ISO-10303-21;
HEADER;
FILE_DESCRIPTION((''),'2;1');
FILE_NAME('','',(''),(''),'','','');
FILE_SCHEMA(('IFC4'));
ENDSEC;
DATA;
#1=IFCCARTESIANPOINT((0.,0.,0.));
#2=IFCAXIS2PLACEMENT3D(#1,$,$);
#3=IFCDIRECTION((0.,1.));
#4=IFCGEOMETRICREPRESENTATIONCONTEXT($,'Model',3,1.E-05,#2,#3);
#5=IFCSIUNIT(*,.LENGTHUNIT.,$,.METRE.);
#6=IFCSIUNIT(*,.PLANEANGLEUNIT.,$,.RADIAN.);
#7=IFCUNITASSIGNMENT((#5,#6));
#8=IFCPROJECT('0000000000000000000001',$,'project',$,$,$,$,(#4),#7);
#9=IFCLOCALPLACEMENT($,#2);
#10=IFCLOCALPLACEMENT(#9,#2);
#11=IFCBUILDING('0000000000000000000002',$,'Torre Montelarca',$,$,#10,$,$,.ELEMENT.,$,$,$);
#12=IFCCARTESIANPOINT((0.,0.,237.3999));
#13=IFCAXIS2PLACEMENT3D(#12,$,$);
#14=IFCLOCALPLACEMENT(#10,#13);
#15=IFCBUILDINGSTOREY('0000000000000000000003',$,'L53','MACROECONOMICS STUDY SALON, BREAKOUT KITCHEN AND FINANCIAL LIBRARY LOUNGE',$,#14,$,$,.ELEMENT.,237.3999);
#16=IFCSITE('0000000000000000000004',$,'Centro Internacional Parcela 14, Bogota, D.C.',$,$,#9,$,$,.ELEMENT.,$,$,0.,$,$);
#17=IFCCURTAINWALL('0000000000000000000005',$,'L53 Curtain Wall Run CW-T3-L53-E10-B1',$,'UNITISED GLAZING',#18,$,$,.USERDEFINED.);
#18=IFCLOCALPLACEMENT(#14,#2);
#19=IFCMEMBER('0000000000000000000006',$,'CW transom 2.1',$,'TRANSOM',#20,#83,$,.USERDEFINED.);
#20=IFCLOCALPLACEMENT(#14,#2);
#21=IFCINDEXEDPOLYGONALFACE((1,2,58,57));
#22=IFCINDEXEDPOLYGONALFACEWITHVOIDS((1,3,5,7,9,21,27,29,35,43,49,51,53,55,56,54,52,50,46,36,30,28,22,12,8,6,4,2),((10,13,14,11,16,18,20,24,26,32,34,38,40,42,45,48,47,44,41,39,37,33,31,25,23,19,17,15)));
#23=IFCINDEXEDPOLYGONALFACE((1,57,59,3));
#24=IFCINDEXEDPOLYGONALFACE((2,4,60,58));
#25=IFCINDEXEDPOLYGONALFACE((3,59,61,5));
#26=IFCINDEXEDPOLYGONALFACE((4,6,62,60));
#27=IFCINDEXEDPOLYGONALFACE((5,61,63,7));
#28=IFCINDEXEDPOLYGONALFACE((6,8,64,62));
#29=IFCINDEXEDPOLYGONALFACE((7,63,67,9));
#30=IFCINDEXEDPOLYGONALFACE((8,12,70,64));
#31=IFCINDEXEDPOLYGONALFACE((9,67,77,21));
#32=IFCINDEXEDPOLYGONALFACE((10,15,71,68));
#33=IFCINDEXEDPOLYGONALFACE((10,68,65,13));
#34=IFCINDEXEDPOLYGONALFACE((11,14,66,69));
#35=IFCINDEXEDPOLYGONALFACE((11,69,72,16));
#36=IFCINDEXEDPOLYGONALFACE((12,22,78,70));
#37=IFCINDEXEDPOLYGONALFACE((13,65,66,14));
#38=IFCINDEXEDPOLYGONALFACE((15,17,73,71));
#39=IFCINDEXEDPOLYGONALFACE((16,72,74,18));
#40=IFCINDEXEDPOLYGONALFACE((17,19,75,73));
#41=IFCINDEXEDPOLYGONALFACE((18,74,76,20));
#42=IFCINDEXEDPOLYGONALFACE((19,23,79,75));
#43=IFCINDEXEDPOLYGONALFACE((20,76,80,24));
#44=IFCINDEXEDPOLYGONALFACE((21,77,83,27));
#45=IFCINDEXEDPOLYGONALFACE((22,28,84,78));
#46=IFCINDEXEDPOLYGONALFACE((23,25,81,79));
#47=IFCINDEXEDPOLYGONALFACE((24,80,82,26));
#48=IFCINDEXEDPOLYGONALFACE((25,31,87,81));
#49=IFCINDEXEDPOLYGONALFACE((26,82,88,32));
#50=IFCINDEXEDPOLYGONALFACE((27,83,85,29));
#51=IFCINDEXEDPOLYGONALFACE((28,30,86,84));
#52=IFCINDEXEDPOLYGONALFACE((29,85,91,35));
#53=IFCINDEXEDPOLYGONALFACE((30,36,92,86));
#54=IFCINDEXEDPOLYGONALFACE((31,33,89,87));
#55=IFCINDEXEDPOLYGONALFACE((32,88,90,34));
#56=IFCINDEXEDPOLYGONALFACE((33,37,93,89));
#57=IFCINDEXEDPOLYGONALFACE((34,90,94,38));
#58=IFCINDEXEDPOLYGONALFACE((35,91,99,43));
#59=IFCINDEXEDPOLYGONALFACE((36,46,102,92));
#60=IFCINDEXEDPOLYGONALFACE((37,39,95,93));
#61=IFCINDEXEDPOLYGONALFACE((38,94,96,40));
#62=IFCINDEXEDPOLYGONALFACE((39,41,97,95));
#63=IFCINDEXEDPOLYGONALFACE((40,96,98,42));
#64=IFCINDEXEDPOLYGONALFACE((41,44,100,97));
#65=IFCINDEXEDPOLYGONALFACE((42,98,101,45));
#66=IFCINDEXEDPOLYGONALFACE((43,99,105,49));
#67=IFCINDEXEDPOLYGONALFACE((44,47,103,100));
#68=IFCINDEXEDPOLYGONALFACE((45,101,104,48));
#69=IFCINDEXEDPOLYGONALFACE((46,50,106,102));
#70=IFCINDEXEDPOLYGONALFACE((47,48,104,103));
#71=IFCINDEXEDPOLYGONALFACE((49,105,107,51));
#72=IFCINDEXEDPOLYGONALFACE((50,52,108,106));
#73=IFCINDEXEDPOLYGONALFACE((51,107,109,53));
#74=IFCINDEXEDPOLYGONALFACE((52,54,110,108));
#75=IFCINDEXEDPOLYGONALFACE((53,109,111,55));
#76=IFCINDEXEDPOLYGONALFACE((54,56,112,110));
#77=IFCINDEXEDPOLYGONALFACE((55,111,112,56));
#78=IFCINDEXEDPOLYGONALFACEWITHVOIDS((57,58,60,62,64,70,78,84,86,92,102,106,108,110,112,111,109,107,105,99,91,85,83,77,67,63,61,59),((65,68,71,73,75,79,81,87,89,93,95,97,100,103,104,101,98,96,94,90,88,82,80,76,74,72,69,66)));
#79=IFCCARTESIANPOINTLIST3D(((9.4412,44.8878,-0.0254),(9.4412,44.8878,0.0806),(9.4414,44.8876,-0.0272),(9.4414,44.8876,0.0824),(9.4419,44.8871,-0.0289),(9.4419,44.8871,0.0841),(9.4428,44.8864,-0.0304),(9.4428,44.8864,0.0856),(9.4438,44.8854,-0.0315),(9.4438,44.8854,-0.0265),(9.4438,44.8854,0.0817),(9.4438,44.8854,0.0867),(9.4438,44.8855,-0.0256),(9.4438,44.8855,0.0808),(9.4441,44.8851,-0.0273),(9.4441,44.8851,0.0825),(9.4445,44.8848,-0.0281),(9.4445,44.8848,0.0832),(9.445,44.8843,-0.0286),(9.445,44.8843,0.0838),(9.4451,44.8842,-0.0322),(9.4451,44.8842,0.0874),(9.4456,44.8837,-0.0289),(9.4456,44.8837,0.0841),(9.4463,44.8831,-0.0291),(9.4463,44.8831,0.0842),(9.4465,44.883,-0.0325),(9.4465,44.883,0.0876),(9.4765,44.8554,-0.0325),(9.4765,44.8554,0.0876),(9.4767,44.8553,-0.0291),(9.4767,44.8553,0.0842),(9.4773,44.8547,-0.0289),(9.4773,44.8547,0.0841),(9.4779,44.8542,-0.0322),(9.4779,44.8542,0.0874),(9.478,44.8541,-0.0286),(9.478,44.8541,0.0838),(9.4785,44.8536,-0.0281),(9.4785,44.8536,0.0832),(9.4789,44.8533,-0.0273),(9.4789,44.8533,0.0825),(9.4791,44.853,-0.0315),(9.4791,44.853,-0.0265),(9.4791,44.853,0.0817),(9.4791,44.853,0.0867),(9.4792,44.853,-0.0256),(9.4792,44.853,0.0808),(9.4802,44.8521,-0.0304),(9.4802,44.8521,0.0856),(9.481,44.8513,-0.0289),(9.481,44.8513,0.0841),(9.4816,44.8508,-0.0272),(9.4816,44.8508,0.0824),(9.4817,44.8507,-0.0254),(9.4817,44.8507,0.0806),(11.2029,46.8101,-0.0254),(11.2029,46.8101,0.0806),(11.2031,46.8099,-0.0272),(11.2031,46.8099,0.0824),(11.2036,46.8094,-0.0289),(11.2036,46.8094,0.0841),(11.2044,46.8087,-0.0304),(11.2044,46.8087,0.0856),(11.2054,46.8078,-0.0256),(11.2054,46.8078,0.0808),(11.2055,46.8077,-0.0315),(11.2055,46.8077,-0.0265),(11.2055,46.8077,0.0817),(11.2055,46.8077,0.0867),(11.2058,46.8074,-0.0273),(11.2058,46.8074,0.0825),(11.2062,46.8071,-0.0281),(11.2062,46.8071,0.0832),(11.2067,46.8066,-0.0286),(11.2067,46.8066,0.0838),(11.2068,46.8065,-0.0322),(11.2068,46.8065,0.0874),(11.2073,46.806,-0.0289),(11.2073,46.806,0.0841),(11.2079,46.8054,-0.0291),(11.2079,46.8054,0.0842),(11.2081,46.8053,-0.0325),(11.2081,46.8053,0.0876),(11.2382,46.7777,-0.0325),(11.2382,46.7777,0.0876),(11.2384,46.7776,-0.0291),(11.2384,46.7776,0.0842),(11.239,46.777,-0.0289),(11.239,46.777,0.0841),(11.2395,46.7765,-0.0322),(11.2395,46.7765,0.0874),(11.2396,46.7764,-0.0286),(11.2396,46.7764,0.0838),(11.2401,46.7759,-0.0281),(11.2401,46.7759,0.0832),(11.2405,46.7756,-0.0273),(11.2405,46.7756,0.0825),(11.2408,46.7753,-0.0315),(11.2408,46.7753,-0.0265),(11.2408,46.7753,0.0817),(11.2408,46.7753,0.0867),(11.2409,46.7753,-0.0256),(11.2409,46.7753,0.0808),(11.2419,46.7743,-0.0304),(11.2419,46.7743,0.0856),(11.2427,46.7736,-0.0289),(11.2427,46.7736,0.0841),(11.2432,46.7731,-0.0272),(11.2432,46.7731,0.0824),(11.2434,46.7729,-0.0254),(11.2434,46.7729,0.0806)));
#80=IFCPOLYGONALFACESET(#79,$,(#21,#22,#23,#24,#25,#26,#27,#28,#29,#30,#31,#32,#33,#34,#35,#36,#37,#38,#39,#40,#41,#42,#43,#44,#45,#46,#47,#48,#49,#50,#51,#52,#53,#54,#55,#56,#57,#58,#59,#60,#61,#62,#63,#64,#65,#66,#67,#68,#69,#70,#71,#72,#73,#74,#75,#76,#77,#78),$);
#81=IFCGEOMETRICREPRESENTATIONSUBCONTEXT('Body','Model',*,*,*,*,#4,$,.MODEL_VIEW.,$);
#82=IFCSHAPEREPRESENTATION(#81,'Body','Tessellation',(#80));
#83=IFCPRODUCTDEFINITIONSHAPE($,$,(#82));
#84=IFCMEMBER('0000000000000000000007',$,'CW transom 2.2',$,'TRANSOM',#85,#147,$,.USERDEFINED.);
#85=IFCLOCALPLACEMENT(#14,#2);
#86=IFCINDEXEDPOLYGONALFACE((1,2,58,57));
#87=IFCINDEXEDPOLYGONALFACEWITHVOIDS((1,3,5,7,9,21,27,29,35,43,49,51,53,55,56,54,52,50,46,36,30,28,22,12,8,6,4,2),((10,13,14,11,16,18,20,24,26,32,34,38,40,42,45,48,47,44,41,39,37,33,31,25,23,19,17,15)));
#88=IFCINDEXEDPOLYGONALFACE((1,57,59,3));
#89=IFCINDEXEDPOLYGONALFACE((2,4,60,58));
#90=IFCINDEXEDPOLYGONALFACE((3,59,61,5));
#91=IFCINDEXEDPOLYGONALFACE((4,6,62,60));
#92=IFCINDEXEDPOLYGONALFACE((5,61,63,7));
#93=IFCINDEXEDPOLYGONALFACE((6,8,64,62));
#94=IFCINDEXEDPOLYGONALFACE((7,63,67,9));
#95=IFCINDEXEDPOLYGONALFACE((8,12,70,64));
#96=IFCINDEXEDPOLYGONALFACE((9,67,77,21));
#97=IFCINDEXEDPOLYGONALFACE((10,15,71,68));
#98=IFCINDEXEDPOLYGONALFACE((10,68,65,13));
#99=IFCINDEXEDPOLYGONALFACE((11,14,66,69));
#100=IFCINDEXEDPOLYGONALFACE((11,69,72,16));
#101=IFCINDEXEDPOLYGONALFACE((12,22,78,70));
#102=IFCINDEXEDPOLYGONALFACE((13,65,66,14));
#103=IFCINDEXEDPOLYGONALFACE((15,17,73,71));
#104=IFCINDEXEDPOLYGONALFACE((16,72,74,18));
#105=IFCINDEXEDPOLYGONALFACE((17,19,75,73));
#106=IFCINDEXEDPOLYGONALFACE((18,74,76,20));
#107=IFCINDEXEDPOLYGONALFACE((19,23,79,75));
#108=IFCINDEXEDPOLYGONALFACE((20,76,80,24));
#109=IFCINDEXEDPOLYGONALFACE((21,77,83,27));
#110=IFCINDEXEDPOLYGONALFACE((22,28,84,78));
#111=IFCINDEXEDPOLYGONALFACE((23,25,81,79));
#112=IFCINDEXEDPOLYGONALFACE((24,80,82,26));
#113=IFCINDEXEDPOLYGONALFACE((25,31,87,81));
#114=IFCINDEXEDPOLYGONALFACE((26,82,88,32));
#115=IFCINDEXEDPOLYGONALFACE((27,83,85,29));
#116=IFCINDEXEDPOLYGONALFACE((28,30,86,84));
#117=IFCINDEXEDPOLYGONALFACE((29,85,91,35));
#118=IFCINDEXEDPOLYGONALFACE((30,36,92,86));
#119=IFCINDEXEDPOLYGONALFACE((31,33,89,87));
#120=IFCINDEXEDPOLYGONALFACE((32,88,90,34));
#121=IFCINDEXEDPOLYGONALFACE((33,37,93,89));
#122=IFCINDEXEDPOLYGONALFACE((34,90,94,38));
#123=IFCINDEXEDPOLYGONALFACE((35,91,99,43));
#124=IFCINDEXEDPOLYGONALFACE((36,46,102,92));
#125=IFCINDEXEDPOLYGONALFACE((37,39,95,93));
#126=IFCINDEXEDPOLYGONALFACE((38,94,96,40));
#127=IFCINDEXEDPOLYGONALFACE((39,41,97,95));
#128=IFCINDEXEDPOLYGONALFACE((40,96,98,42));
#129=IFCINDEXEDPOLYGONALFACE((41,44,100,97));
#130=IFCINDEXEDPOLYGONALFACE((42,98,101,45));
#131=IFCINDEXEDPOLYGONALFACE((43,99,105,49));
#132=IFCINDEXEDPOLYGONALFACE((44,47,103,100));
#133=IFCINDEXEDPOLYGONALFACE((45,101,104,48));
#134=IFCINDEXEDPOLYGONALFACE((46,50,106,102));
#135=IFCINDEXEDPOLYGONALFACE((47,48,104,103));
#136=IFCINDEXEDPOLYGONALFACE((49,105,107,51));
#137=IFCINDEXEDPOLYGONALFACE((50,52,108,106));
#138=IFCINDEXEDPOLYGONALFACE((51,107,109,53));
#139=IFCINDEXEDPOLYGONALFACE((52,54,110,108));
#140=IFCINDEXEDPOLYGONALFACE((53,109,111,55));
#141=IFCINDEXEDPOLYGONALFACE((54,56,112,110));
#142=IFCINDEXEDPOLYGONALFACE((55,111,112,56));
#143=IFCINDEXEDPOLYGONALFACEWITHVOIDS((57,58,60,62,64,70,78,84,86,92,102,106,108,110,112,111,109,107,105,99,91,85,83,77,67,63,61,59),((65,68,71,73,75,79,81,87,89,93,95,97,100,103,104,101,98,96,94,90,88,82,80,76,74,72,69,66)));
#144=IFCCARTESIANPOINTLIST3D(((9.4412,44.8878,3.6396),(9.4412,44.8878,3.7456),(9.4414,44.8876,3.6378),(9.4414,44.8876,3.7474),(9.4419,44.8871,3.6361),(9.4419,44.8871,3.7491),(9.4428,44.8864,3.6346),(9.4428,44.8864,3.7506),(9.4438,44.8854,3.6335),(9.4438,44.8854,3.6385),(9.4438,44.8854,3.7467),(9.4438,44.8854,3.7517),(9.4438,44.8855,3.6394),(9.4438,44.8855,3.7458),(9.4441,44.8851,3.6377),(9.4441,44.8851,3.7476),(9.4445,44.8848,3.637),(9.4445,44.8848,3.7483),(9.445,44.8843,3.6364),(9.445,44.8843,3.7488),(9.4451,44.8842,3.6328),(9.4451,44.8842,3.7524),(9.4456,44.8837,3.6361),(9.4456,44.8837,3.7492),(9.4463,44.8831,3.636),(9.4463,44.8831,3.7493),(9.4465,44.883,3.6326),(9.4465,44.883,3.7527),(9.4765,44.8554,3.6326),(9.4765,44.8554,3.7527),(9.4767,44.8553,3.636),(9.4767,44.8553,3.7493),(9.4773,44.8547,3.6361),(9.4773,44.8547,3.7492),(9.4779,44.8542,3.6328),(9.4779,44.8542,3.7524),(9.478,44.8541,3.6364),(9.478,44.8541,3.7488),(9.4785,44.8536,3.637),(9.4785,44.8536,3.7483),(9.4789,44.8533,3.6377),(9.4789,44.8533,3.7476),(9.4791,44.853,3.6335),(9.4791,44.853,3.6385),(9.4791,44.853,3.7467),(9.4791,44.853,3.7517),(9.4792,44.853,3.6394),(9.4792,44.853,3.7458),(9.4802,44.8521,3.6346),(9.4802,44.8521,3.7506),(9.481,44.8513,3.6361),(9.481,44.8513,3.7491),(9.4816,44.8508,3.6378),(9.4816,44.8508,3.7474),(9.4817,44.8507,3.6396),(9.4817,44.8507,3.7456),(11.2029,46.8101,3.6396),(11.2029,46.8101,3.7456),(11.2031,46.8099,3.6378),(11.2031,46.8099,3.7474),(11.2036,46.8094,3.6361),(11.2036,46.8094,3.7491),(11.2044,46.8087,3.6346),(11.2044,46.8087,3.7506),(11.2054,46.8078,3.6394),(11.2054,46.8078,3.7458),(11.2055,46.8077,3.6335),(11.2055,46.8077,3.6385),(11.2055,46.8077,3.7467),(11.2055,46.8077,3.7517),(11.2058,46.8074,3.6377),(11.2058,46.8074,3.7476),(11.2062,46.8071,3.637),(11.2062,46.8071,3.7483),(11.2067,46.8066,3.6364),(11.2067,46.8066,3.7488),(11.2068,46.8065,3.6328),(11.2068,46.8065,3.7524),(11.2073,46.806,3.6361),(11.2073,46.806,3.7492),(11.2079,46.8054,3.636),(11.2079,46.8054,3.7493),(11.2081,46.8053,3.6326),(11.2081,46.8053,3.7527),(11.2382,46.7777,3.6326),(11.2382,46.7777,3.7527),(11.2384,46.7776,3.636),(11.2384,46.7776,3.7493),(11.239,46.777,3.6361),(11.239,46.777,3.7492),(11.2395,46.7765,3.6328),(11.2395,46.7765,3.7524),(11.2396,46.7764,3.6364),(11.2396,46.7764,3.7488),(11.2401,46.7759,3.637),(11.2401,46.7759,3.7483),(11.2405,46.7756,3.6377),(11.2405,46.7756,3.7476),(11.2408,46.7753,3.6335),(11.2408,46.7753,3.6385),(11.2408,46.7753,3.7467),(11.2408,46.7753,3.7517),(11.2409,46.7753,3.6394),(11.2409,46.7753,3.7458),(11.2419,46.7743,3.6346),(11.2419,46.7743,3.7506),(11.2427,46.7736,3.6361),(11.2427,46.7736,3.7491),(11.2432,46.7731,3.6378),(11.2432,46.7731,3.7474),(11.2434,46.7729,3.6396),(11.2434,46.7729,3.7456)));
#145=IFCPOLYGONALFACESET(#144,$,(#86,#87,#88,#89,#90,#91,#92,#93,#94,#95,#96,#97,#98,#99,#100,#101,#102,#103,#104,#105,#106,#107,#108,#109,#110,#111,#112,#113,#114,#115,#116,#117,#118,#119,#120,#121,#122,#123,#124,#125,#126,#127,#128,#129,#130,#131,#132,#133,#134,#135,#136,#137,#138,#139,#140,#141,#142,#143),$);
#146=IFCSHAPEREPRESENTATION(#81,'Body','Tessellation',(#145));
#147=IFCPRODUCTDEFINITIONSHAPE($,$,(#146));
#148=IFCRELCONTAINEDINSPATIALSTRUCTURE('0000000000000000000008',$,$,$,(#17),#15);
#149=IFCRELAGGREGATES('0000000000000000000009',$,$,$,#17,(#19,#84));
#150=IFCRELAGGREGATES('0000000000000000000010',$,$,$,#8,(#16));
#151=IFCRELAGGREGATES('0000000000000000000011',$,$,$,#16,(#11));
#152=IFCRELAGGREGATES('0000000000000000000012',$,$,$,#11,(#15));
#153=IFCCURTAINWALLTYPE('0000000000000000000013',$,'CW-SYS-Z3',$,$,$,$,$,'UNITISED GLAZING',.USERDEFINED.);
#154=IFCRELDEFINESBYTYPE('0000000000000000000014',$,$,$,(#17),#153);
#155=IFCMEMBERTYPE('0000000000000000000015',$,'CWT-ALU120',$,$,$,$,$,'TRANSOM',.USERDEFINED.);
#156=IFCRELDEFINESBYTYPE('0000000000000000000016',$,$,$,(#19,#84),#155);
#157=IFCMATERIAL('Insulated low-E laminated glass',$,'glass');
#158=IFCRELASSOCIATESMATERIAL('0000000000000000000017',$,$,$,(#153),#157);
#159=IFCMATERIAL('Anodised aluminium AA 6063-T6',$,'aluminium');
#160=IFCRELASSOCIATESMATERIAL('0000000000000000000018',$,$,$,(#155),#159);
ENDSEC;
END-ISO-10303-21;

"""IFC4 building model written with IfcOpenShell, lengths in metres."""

from ifc_helpers import new_model, si_unit, direction, frame, origin, origin_2d, place, context, subcontext, project, spatial, hollow_rectangle, extrude, source, transform, mapped, material, material_profile, profile_set, type_object, element, aggregate, save


model = new_model("IFC4")

# Units and contexts
model_context = context("Model", 3, precision=1e-05, world=origin(), true_north=direction((0.0, 1.0)))
body_context = subcontext(model_context, "Body", "Model", "MODEL_VIEW")
ifc_project = project(units=[si_unit("LENGTHUNIT", "METRE"), si_unit("PLANEANGLEUNIT", "RADIAN")], contexts=[model_context])

# Site, building, storey
site_placement = place(None, origin())
site = spatial("IfcSite", under=ifc_project, at=site_placement, Name="Centro Internacional Parcela 14, Bogota, D.C.", CompositionType="ELEMENT", RefElevation=0.0)
building_placement = place(site_placement, origin())
building = spatial("IfcBuilding", under=site, at=building_placement, Name="Torre Montelarca", CompositionType="ELEMENT")
storey_placement = place(building_placement, frame((0.0, 0.0, 237.3999)))
storey = spatial("IfcBuildingStorey", under=building, at=storey_placement, Name="L53", Description="MACROECONOMICS STUDY SALON, BREAKOUT KITCHEN AND FINANCIAL LIBRARY LOUNGE", CompositionType="ELEMENT", Elevation=237.3999)

# Curtain wall, members
ifc_material_1 = material(Name="Insulated low-E laminated glass", Category="glass")
curtain_wall_type = type_object("IfcCurtainWallType", Name="CW-SYS-Z3", ElementType="UNITISED GLAZING", PredefinedType="USERDEFINED", material=ifc_material_1)
curtain_wall_1_placement = place(storey_placement, origin())
curtain_wall_1 = element("IfcCurtainWall", 1, at=curtain_wall_1_placement, inside=storey, type_object=curtain_wall_type, Name="L53 Curtain Wall Run CW-T3-L53-E10-B1", ObjectType="UNITISED GLAZING", PredefinedType="USERDEFINED")
ifc_material_2 = material(Name="Anodised aluminium AA 6063-T6", Category="aluminium")
ifc_material_profile_1 = material_profile(ifc_material_2, hollow_rectangle(XDim=0.0549, YDim=0.1201, WallThickness=0.0034, InnerFilletRadius=0.0034, OuterFilletRadius=0.0071, at=origin_2d()), Name="ALU55X120X3.5", Category="aluminium")
ifc_profile_set_1 = profile_set([ifc_material_profile_1], Name="Anodised aluminium AA 6063-T6")
member_type_1 = type_object("IfcMemberType", Name="CWT-ALU120", ElementType="TRANSOM", PredefinedType="USERDEFINED", material=ifc_profile_set_1)
shared_shape_1 = source(origin(), body_context, "Body", "SweptSolid", [
    extrude(hollow_rectangle(XDim=0.0549, YDim=0.1201, WallThickness=0.0034, InnerFilletRadius=0.0034, OuterFilletRadius=0.0071, at=origin_2d()), origin(), (0.0, 0.0, 1.0), 2.6074),
])
member_1_placement = place(storey_placement, frame((11.2231, 46.7915, 0.0276), z_axis=(-0.675631, -0.73724, 0.0), x_axis=(0.73724, -0.675631, 0.0)))
member_1 = element("IfcMember", 2, at=member_1_placement, type_object=member_type_1, Name="CW transom 2.1", ObjectType="TRANSOM", PredefinedType="USERDEFINED", context=body_context, shape_type="MappedRepresentation", body=[
    mapped(shared_shape_1, transform((0.0, 0.0, 0.0), scale=1.0)),
])
member_2_placement = place(storey_placement, frame((11.2231, 46.7915, 3.6926), z_axis=(-0.675631, -0.73724, 0.0), x_axis=(0.73724, -0.675631, 0.0)))
member_2 = element("IfcMember", 3, at=member_2_placement, type_object=member_type_1, Name="CW transom 2.2", ObjectType="TRANSOM", PredefinedType="USERDEFINED", context=body_context, shape_type="MappedRepresentation", body=[
    mapped(shared_shape_1, transform((0.0, 0.0, 0.0), scale=1.0)),
])

aggregate(curtain_wall_1, [member_1, member_2])

save(model, "model.ifc")
